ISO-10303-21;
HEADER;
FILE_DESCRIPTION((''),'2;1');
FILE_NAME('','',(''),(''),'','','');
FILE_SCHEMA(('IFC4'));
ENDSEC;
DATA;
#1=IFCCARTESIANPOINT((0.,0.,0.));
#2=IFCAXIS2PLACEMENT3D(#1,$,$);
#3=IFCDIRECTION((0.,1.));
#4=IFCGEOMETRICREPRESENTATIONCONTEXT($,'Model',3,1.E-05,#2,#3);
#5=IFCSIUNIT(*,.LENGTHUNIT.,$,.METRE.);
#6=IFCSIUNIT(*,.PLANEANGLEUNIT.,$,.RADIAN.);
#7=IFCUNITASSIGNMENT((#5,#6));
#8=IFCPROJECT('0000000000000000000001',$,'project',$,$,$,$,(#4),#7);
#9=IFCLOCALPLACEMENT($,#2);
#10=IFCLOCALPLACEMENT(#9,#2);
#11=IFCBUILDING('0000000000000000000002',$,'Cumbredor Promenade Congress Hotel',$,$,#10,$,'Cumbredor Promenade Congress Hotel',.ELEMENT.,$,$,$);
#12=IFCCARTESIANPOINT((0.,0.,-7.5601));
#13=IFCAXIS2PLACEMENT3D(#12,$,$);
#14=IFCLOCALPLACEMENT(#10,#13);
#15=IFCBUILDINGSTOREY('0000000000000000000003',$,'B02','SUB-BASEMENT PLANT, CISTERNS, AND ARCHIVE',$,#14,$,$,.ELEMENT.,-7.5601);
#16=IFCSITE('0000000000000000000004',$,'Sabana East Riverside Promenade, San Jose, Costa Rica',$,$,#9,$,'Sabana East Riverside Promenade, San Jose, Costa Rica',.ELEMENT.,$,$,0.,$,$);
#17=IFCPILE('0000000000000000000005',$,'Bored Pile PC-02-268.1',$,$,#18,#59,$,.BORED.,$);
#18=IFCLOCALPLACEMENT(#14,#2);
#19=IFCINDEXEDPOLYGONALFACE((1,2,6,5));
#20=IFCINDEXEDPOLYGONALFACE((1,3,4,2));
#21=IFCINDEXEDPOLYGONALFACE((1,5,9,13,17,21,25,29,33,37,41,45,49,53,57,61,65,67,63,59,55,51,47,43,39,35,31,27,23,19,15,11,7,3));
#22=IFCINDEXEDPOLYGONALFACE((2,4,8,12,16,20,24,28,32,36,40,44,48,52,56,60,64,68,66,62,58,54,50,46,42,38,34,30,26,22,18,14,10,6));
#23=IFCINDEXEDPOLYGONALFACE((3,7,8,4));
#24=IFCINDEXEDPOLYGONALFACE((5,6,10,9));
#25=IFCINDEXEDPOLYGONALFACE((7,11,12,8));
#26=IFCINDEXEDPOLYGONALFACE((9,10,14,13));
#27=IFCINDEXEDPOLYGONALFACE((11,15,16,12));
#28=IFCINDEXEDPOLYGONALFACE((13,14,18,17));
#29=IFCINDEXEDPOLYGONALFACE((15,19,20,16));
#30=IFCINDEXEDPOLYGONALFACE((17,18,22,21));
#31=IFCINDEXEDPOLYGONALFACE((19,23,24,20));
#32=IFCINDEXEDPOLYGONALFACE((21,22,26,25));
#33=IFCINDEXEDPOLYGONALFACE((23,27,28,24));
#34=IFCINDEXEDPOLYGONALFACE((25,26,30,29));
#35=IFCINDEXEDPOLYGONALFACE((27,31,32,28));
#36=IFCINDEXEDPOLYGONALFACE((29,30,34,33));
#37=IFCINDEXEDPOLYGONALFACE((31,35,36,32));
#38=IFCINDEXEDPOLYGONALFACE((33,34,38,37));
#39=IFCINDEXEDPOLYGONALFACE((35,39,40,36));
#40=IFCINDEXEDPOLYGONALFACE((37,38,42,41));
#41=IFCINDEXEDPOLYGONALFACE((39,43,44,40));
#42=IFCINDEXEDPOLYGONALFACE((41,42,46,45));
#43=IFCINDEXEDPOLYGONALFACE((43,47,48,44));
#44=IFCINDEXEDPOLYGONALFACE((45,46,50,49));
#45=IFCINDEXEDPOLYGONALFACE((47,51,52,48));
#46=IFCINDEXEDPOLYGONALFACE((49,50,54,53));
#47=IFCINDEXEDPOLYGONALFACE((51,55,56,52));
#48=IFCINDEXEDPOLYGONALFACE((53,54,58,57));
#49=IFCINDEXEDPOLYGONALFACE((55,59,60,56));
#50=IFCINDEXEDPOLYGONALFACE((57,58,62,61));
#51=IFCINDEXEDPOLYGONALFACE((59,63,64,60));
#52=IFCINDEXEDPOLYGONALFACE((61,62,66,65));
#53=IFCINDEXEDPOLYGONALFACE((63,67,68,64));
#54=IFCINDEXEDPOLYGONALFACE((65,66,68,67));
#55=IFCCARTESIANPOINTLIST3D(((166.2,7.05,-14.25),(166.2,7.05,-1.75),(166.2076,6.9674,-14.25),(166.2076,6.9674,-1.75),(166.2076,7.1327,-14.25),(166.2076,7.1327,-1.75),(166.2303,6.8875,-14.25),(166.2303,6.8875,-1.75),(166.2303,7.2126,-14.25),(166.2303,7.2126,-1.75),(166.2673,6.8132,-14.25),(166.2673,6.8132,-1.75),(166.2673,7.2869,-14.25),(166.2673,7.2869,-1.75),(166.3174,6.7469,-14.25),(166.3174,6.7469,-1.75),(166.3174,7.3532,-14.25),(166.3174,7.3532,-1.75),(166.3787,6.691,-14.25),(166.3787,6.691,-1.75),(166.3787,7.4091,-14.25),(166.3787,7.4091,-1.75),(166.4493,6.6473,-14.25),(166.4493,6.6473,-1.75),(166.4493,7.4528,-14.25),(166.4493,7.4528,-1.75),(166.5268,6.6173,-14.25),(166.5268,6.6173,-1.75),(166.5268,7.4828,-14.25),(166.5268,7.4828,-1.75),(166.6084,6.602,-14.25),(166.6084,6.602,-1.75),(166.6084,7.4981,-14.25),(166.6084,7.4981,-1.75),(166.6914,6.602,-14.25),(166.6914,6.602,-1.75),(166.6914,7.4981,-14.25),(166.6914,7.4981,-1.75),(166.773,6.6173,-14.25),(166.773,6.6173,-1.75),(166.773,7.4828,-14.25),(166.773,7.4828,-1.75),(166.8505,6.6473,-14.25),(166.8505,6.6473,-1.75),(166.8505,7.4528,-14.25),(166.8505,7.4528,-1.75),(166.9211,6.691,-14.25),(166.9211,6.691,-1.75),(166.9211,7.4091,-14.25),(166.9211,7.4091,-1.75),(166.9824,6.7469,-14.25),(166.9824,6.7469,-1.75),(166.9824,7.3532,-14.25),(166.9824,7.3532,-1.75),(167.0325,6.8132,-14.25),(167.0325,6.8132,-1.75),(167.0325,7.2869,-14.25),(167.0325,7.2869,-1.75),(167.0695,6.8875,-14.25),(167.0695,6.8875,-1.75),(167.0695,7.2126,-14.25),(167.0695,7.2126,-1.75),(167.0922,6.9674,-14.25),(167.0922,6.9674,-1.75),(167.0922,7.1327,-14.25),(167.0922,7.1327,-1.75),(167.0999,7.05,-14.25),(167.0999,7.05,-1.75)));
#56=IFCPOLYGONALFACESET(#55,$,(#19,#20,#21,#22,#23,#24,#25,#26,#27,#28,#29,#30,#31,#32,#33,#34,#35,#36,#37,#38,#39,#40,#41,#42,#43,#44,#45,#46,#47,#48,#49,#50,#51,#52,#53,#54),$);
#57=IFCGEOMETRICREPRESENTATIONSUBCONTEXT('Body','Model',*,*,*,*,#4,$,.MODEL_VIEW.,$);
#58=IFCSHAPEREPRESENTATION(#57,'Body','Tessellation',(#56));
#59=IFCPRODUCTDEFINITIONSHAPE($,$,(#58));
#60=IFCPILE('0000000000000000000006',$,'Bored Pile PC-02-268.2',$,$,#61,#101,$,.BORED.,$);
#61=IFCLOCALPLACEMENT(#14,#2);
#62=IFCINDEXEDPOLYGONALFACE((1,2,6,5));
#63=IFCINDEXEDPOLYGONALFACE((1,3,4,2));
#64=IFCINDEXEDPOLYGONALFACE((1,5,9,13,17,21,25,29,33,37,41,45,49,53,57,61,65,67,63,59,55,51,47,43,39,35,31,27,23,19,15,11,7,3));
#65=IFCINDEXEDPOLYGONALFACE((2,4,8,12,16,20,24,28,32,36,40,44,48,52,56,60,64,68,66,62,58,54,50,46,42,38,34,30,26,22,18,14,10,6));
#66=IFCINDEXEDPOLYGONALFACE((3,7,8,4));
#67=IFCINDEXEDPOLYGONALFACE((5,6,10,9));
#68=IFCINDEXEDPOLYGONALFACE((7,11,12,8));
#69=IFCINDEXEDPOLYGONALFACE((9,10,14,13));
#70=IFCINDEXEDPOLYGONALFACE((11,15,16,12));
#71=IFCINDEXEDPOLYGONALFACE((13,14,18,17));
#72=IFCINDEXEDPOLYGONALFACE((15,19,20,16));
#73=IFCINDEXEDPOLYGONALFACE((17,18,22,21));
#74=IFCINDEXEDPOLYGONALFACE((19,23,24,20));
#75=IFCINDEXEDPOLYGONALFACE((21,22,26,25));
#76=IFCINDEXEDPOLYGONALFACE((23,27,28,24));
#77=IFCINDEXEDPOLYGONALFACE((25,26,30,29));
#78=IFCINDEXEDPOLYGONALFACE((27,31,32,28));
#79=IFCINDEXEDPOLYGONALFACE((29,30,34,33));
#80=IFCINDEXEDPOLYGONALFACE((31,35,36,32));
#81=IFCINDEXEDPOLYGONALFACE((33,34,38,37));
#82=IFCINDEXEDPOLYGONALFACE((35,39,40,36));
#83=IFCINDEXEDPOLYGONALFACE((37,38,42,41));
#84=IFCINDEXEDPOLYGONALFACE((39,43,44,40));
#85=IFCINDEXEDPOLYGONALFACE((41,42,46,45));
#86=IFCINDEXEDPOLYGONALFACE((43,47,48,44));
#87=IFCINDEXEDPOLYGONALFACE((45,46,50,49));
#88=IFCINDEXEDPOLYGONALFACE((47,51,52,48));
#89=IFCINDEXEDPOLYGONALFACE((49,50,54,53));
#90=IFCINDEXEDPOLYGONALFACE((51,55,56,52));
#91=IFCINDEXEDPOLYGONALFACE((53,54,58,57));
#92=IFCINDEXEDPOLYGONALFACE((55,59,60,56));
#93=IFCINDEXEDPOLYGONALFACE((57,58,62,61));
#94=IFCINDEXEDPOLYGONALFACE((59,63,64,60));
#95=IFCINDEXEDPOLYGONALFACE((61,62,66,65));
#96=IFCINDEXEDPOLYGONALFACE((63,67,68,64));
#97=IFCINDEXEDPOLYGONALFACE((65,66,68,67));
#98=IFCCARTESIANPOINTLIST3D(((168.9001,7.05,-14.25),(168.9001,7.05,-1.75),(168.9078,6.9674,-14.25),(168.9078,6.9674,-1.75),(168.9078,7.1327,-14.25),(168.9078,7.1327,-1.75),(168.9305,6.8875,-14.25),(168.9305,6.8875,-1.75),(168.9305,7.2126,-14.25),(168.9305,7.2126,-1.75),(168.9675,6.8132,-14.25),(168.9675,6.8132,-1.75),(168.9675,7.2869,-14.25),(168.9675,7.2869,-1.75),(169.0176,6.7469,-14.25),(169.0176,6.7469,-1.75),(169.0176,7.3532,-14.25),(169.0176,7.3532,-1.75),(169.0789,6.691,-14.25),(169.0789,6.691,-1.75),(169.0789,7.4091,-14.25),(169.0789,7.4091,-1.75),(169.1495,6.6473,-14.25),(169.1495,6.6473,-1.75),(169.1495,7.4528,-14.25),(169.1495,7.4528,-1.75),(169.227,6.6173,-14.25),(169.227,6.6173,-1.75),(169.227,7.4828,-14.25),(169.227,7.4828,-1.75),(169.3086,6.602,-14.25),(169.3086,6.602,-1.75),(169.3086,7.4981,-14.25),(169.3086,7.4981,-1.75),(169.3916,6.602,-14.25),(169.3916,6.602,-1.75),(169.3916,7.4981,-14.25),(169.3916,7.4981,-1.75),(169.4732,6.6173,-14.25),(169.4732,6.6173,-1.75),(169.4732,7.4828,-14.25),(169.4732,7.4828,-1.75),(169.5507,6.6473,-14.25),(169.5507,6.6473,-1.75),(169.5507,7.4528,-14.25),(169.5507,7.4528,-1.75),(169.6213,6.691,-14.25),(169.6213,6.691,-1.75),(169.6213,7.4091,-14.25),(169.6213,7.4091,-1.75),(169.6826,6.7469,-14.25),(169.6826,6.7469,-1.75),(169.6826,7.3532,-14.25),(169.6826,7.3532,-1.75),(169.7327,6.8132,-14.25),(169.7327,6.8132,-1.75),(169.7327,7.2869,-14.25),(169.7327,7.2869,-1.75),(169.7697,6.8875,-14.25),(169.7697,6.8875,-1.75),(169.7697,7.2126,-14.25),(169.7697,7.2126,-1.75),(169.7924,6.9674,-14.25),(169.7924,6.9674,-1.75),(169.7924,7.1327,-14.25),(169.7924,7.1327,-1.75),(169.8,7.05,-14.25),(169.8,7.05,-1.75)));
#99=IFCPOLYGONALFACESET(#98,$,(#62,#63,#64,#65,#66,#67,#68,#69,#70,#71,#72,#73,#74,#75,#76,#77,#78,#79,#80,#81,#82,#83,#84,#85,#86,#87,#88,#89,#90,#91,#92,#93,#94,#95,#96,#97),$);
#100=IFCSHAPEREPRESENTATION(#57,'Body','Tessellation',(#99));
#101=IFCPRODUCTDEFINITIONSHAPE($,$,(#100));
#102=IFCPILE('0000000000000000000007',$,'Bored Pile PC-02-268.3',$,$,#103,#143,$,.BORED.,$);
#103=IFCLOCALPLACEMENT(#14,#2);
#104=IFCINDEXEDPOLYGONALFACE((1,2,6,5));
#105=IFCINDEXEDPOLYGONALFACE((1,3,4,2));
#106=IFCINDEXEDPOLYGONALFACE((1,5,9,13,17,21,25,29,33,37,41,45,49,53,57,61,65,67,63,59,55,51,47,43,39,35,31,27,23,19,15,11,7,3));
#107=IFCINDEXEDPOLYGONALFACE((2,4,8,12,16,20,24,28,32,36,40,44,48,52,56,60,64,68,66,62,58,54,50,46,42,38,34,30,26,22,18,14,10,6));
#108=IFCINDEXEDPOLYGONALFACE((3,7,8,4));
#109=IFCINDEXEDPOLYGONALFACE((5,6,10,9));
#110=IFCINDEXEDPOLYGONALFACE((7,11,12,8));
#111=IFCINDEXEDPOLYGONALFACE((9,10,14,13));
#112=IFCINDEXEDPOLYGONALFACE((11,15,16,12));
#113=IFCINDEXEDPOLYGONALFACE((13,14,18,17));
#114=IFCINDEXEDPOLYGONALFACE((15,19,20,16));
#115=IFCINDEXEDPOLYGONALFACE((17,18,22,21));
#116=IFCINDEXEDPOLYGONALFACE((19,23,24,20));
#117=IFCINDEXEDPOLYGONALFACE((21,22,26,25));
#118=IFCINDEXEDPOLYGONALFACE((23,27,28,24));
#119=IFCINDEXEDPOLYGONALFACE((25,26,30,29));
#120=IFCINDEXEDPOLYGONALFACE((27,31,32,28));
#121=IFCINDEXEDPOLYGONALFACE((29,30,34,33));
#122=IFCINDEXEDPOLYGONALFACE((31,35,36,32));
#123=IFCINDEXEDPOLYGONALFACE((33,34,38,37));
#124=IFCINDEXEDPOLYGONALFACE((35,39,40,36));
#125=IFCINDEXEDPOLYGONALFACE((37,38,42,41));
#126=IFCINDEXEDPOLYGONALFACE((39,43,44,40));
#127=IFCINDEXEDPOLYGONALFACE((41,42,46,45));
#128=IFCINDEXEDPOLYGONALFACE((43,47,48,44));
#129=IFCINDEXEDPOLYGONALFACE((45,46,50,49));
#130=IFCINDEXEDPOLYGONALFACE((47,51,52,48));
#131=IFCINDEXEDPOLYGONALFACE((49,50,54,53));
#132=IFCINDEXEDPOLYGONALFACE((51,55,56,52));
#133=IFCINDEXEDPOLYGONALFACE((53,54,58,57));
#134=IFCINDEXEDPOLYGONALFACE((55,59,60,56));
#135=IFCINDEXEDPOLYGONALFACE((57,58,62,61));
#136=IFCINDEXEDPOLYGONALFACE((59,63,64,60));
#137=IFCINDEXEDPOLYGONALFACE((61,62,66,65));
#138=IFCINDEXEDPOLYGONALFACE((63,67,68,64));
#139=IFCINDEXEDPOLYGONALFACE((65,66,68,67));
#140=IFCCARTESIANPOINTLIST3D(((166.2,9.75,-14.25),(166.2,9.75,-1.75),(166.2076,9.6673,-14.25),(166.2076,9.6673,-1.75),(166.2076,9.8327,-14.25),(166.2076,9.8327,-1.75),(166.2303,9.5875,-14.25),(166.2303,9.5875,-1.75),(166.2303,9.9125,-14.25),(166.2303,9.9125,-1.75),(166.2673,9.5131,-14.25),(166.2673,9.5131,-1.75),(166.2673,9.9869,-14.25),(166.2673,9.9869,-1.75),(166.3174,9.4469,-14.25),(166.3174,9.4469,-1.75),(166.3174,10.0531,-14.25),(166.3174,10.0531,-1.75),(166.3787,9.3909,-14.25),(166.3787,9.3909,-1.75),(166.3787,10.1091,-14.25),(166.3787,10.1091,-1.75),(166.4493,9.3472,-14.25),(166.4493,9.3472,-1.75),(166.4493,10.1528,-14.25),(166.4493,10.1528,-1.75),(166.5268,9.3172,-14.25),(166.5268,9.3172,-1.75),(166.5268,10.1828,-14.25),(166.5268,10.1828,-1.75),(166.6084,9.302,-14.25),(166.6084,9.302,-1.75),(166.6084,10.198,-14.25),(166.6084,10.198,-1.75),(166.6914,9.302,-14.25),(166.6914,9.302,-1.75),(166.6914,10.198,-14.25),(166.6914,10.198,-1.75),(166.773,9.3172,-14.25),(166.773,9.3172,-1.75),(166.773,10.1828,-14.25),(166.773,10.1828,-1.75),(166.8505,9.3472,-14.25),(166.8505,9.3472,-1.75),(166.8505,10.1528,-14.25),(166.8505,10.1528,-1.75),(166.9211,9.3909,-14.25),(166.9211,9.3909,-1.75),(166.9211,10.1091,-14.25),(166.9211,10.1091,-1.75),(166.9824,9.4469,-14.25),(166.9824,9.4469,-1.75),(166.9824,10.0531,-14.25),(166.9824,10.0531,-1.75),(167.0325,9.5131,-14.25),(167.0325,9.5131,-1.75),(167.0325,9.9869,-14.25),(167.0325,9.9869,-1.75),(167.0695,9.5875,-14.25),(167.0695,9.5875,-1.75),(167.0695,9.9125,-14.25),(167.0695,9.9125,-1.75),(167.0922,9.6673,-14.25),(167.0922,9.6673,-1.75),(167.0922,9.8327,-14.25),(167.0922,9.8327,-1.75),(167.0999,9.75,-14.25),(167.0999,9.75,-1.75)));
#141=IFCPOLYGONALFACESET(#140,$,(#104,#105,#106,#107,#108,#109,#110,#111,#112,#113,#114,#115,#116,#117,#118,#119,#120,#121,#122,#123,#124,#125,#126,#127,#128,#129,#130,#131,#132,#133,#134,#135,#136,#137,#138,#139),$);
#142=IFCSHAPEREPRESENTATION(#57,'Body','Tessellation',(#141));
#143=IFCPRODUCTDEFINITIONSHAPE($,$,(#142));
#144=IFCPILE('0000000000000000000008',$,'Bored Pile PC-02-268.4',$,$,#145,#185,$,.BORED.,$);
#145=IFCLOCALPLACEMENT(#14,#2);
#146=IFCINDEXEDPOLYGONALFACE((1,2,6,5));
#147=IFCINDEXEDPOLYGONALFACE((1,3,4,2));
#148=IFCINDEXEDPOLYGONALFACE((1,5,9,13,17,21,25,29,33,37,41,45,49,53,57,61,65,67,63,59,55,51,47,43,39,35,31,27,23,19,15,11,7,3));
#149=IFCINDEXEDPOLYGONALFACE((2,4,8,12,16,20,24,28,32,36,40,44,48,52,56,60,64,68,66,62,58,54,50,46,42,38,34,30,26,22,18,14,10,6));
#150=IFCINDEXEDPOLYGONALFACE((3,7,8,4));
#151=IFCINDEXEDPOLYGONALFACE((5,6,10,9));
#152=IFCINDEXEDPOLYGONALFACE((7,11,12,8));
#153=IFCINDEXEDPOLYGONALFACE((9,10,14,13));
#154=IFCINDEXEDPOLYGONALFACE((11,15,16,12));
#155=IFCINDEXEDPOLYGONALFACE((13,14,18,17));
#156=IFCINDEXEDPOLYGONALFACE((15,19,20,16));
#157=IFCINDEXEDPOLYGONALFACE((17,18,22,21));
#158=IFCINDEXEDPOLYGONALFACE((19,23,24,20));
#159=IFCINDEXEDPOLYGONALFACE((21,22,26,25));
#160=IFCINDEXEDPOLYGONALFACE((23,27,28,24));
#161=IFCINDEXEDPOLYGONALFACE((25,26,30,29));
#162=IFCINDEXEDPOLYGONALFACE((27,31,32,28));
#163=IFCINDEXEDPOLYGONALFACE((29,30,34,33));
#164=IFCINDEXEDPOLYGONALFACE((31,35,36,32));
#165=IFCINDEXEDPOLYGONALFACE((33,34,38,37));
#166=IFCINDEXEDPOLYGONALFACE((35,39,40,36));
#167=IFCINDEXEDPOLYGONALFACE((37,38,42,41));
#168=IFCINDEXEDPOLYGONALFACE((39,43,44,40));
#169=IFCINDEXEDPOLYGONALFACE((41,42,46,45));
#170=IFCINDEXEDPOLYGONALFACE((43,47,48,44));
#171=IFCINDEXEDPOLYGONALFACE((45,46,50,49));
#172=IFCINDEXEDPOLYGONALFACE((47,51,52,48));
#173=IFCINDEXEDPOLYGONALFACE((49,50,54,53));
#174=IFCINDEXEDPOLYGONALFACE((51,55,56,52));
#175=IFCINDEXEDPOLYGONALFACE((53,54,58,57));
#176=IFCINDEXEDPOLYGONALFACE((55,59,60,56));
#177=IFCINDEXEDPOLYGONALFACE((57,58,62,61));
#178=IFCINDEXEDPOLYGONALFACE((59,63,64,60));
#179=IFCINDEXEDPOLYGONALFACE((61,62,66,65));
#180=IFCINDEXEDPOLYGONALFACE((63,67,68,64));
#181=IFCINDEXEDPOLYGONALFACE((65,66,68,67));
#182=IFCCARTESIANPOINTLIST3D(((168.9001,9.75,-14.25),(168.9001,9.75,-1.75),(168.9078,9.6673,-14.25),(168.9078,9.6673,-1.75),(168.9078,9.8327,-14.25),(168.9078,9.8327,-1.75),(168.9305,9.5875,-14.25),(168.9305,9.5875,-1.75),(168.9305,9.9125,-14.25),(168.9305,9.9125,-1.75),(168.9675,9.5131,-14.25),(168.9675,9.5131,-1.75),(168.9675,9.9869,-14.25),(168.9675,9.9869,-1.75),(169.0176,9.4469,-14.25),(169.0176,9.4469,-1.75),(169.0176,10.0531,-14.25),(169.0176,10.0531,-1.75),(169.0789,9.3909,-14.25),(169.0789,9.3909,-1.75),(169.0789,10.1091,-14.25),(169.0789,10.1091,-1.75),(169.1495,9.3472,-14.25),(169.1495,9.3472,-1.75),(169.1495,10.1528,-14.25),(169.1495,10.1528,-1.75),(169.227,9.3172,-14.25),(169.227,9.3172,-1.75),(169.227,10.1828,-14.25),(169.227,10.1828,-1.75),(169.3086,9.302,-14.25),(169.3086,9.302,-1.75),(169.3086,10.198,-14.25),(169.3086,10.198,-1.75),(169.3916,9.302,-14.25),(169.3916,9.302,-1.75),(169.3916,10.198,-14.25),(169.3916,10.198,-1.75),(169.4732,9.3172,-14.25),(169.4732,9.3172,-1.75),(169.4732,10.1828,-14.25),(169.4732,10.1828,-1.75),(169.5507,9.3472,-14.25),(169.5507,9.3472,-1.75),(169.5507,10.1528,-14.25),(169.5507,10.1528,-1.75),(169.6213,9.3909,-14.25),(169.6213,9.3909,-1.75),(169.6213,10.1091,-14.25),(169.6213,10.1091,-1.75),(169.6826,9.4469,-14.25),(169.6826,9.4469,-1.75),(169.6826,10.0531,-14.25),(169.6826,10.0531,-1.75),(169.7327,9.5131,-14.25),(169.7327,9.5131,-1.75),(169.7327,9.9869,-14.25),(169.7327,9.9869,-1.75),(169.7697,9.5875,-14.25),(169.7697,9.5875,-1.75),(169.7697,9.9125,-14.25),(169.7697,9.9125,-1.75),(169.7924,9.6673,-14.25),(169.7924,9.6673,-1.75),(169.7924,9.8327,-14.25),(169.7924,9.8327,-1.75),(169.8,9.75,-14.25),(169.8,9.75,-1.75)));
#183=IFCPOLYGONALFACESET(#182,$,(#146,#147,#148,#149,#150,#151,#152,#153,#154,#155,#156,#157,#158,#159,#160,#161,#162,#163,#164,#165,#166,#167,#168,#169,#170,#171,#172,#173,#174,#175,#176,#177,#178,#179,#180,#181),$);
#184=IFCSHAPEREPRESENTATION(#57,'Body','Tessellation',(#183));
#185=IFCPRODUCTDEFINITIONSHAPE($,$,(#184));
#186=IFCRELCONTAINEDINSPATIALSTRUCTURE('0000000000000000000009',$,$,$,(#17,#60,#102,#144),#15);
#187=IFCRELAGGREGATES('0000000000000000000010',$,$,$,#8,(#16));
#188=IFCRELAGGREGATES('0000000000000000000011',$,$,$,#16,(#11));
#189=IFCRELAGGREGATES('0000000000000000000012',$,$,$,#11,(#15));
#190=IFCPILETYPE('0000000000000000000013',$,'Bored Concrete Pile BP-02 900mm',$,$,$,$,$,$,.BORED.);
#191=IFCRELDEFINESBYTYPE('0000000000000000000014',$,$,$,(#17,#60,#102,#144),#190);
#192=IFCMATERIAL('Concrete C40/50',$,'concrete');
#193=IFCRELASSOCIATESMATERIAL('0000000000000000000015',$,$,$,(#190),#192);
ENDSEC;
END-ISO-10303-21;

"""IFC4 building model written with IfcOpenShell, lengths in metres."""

from ifc_helpers import new_model, si_unit, direction, frame, origin, origin_2d, place, context, subcontext, project, spatial, circle, extrude, material, material_profile, profile_set, type_object, element, save


model = new_model("IFC4")

# Units and contexts
model_context = context("Model", 3, precision=1e-05, world=origin(), true_north=direction((0.0, 1.0)))
body_context = subcontext(model_context, "Body", "Model", "MODEL_VIEW")
ifc_project = project(units=[si_unit("LENGTHUNIT", "METRE"), si_unit("PLANEANGLEUNIT", "RADIAN")], contexts=[model_context])

# Site, building, storey
site_placement = place(None, origin())
site = spatial("IfcSite", under=ifc_project, at=site_placement, Name="Sabana East Riverside Promenade, San Jose, Costa Rica", LongName="Sabana East Riverside Promenade, San Jose, Costa Rica", CompositionType="ELEMENT", RefElevation=0.0)
building_placement = place(site_placement, origin())
building = spatial("IfcBuilding", under=site, at=building_placement, Name="Cumbredor Promenade Congress Hotel", LongName="Cumbredor Promenade Congress Hotel", CompositionType="ELEMENT")
storey_placement = place(building_placement, frame((0.0, 0.0, -7.5601)))
storey = spatial("IfcBuildingStorey", under=building, at=storey_placement, Name="B02", Description="SUB-BASEMENT PLANT, CISTERNS, AND ARCHIVE", CompositionType="ELEMENT", Elevation=-7.5601)

# Piles
ifc_material_1 = material(Name="Concrete C40/50", Category="concrete")
ifc_material_profile_1 = material_profile(ifc_material_1, circle(Radius=0.45, at=origin_2d()), Name="PILE D900")
ifc_profile_set_1 = profile_set([ifc_material_profile_1], Name="Concrete C40/50")
pile_type = type_object("IfcPileType", Name="Bored Concrete Pile BP-02 900mm", PredefinedType="BORED", material=ifc_profile_set_1)
for number, where, z_axis, x_axis, name in (
    (1, (166.6499, 7.05, -1.75), (0.0, 0.0, -1.0), (1.0, 0.0, 0.0), "Bored Pile PC-02-268.1"),
    (2, (169.3501, 7.05, -1.75), (0.0, 0.0, -1.0), (1.0, 0.0, 0.0), "Bored Pile PC-02-268.2"),
    (3, (166.6499, 9.75, -1.75), (0.0, 0.0, -1.0), (1.0, 0.0, 0.0), "Bored Pile PC-02-268.3"),
    (4, (169.3501, 9.75, -1.75), (0.0, 0.0, -1.0), (1.0, 0.0, 0.0), "Bored Pile PC-02-268.4"),
):
    element("IfcPile", number, at=place(storey_placement, frame(where, z_axis=z_axis, x_axis=x_axis)), inside=storey, type_object=pile_type, Name=name, PredefinedType="BORED", context=body_context, shape_type="SweptSolid", body=[
        extrude(circle(Radius=0.45, at=origin_2d()), origin(), (0.0, 0.0, 1.0), 12.5),
    ])

save(model, "model.ifc")
